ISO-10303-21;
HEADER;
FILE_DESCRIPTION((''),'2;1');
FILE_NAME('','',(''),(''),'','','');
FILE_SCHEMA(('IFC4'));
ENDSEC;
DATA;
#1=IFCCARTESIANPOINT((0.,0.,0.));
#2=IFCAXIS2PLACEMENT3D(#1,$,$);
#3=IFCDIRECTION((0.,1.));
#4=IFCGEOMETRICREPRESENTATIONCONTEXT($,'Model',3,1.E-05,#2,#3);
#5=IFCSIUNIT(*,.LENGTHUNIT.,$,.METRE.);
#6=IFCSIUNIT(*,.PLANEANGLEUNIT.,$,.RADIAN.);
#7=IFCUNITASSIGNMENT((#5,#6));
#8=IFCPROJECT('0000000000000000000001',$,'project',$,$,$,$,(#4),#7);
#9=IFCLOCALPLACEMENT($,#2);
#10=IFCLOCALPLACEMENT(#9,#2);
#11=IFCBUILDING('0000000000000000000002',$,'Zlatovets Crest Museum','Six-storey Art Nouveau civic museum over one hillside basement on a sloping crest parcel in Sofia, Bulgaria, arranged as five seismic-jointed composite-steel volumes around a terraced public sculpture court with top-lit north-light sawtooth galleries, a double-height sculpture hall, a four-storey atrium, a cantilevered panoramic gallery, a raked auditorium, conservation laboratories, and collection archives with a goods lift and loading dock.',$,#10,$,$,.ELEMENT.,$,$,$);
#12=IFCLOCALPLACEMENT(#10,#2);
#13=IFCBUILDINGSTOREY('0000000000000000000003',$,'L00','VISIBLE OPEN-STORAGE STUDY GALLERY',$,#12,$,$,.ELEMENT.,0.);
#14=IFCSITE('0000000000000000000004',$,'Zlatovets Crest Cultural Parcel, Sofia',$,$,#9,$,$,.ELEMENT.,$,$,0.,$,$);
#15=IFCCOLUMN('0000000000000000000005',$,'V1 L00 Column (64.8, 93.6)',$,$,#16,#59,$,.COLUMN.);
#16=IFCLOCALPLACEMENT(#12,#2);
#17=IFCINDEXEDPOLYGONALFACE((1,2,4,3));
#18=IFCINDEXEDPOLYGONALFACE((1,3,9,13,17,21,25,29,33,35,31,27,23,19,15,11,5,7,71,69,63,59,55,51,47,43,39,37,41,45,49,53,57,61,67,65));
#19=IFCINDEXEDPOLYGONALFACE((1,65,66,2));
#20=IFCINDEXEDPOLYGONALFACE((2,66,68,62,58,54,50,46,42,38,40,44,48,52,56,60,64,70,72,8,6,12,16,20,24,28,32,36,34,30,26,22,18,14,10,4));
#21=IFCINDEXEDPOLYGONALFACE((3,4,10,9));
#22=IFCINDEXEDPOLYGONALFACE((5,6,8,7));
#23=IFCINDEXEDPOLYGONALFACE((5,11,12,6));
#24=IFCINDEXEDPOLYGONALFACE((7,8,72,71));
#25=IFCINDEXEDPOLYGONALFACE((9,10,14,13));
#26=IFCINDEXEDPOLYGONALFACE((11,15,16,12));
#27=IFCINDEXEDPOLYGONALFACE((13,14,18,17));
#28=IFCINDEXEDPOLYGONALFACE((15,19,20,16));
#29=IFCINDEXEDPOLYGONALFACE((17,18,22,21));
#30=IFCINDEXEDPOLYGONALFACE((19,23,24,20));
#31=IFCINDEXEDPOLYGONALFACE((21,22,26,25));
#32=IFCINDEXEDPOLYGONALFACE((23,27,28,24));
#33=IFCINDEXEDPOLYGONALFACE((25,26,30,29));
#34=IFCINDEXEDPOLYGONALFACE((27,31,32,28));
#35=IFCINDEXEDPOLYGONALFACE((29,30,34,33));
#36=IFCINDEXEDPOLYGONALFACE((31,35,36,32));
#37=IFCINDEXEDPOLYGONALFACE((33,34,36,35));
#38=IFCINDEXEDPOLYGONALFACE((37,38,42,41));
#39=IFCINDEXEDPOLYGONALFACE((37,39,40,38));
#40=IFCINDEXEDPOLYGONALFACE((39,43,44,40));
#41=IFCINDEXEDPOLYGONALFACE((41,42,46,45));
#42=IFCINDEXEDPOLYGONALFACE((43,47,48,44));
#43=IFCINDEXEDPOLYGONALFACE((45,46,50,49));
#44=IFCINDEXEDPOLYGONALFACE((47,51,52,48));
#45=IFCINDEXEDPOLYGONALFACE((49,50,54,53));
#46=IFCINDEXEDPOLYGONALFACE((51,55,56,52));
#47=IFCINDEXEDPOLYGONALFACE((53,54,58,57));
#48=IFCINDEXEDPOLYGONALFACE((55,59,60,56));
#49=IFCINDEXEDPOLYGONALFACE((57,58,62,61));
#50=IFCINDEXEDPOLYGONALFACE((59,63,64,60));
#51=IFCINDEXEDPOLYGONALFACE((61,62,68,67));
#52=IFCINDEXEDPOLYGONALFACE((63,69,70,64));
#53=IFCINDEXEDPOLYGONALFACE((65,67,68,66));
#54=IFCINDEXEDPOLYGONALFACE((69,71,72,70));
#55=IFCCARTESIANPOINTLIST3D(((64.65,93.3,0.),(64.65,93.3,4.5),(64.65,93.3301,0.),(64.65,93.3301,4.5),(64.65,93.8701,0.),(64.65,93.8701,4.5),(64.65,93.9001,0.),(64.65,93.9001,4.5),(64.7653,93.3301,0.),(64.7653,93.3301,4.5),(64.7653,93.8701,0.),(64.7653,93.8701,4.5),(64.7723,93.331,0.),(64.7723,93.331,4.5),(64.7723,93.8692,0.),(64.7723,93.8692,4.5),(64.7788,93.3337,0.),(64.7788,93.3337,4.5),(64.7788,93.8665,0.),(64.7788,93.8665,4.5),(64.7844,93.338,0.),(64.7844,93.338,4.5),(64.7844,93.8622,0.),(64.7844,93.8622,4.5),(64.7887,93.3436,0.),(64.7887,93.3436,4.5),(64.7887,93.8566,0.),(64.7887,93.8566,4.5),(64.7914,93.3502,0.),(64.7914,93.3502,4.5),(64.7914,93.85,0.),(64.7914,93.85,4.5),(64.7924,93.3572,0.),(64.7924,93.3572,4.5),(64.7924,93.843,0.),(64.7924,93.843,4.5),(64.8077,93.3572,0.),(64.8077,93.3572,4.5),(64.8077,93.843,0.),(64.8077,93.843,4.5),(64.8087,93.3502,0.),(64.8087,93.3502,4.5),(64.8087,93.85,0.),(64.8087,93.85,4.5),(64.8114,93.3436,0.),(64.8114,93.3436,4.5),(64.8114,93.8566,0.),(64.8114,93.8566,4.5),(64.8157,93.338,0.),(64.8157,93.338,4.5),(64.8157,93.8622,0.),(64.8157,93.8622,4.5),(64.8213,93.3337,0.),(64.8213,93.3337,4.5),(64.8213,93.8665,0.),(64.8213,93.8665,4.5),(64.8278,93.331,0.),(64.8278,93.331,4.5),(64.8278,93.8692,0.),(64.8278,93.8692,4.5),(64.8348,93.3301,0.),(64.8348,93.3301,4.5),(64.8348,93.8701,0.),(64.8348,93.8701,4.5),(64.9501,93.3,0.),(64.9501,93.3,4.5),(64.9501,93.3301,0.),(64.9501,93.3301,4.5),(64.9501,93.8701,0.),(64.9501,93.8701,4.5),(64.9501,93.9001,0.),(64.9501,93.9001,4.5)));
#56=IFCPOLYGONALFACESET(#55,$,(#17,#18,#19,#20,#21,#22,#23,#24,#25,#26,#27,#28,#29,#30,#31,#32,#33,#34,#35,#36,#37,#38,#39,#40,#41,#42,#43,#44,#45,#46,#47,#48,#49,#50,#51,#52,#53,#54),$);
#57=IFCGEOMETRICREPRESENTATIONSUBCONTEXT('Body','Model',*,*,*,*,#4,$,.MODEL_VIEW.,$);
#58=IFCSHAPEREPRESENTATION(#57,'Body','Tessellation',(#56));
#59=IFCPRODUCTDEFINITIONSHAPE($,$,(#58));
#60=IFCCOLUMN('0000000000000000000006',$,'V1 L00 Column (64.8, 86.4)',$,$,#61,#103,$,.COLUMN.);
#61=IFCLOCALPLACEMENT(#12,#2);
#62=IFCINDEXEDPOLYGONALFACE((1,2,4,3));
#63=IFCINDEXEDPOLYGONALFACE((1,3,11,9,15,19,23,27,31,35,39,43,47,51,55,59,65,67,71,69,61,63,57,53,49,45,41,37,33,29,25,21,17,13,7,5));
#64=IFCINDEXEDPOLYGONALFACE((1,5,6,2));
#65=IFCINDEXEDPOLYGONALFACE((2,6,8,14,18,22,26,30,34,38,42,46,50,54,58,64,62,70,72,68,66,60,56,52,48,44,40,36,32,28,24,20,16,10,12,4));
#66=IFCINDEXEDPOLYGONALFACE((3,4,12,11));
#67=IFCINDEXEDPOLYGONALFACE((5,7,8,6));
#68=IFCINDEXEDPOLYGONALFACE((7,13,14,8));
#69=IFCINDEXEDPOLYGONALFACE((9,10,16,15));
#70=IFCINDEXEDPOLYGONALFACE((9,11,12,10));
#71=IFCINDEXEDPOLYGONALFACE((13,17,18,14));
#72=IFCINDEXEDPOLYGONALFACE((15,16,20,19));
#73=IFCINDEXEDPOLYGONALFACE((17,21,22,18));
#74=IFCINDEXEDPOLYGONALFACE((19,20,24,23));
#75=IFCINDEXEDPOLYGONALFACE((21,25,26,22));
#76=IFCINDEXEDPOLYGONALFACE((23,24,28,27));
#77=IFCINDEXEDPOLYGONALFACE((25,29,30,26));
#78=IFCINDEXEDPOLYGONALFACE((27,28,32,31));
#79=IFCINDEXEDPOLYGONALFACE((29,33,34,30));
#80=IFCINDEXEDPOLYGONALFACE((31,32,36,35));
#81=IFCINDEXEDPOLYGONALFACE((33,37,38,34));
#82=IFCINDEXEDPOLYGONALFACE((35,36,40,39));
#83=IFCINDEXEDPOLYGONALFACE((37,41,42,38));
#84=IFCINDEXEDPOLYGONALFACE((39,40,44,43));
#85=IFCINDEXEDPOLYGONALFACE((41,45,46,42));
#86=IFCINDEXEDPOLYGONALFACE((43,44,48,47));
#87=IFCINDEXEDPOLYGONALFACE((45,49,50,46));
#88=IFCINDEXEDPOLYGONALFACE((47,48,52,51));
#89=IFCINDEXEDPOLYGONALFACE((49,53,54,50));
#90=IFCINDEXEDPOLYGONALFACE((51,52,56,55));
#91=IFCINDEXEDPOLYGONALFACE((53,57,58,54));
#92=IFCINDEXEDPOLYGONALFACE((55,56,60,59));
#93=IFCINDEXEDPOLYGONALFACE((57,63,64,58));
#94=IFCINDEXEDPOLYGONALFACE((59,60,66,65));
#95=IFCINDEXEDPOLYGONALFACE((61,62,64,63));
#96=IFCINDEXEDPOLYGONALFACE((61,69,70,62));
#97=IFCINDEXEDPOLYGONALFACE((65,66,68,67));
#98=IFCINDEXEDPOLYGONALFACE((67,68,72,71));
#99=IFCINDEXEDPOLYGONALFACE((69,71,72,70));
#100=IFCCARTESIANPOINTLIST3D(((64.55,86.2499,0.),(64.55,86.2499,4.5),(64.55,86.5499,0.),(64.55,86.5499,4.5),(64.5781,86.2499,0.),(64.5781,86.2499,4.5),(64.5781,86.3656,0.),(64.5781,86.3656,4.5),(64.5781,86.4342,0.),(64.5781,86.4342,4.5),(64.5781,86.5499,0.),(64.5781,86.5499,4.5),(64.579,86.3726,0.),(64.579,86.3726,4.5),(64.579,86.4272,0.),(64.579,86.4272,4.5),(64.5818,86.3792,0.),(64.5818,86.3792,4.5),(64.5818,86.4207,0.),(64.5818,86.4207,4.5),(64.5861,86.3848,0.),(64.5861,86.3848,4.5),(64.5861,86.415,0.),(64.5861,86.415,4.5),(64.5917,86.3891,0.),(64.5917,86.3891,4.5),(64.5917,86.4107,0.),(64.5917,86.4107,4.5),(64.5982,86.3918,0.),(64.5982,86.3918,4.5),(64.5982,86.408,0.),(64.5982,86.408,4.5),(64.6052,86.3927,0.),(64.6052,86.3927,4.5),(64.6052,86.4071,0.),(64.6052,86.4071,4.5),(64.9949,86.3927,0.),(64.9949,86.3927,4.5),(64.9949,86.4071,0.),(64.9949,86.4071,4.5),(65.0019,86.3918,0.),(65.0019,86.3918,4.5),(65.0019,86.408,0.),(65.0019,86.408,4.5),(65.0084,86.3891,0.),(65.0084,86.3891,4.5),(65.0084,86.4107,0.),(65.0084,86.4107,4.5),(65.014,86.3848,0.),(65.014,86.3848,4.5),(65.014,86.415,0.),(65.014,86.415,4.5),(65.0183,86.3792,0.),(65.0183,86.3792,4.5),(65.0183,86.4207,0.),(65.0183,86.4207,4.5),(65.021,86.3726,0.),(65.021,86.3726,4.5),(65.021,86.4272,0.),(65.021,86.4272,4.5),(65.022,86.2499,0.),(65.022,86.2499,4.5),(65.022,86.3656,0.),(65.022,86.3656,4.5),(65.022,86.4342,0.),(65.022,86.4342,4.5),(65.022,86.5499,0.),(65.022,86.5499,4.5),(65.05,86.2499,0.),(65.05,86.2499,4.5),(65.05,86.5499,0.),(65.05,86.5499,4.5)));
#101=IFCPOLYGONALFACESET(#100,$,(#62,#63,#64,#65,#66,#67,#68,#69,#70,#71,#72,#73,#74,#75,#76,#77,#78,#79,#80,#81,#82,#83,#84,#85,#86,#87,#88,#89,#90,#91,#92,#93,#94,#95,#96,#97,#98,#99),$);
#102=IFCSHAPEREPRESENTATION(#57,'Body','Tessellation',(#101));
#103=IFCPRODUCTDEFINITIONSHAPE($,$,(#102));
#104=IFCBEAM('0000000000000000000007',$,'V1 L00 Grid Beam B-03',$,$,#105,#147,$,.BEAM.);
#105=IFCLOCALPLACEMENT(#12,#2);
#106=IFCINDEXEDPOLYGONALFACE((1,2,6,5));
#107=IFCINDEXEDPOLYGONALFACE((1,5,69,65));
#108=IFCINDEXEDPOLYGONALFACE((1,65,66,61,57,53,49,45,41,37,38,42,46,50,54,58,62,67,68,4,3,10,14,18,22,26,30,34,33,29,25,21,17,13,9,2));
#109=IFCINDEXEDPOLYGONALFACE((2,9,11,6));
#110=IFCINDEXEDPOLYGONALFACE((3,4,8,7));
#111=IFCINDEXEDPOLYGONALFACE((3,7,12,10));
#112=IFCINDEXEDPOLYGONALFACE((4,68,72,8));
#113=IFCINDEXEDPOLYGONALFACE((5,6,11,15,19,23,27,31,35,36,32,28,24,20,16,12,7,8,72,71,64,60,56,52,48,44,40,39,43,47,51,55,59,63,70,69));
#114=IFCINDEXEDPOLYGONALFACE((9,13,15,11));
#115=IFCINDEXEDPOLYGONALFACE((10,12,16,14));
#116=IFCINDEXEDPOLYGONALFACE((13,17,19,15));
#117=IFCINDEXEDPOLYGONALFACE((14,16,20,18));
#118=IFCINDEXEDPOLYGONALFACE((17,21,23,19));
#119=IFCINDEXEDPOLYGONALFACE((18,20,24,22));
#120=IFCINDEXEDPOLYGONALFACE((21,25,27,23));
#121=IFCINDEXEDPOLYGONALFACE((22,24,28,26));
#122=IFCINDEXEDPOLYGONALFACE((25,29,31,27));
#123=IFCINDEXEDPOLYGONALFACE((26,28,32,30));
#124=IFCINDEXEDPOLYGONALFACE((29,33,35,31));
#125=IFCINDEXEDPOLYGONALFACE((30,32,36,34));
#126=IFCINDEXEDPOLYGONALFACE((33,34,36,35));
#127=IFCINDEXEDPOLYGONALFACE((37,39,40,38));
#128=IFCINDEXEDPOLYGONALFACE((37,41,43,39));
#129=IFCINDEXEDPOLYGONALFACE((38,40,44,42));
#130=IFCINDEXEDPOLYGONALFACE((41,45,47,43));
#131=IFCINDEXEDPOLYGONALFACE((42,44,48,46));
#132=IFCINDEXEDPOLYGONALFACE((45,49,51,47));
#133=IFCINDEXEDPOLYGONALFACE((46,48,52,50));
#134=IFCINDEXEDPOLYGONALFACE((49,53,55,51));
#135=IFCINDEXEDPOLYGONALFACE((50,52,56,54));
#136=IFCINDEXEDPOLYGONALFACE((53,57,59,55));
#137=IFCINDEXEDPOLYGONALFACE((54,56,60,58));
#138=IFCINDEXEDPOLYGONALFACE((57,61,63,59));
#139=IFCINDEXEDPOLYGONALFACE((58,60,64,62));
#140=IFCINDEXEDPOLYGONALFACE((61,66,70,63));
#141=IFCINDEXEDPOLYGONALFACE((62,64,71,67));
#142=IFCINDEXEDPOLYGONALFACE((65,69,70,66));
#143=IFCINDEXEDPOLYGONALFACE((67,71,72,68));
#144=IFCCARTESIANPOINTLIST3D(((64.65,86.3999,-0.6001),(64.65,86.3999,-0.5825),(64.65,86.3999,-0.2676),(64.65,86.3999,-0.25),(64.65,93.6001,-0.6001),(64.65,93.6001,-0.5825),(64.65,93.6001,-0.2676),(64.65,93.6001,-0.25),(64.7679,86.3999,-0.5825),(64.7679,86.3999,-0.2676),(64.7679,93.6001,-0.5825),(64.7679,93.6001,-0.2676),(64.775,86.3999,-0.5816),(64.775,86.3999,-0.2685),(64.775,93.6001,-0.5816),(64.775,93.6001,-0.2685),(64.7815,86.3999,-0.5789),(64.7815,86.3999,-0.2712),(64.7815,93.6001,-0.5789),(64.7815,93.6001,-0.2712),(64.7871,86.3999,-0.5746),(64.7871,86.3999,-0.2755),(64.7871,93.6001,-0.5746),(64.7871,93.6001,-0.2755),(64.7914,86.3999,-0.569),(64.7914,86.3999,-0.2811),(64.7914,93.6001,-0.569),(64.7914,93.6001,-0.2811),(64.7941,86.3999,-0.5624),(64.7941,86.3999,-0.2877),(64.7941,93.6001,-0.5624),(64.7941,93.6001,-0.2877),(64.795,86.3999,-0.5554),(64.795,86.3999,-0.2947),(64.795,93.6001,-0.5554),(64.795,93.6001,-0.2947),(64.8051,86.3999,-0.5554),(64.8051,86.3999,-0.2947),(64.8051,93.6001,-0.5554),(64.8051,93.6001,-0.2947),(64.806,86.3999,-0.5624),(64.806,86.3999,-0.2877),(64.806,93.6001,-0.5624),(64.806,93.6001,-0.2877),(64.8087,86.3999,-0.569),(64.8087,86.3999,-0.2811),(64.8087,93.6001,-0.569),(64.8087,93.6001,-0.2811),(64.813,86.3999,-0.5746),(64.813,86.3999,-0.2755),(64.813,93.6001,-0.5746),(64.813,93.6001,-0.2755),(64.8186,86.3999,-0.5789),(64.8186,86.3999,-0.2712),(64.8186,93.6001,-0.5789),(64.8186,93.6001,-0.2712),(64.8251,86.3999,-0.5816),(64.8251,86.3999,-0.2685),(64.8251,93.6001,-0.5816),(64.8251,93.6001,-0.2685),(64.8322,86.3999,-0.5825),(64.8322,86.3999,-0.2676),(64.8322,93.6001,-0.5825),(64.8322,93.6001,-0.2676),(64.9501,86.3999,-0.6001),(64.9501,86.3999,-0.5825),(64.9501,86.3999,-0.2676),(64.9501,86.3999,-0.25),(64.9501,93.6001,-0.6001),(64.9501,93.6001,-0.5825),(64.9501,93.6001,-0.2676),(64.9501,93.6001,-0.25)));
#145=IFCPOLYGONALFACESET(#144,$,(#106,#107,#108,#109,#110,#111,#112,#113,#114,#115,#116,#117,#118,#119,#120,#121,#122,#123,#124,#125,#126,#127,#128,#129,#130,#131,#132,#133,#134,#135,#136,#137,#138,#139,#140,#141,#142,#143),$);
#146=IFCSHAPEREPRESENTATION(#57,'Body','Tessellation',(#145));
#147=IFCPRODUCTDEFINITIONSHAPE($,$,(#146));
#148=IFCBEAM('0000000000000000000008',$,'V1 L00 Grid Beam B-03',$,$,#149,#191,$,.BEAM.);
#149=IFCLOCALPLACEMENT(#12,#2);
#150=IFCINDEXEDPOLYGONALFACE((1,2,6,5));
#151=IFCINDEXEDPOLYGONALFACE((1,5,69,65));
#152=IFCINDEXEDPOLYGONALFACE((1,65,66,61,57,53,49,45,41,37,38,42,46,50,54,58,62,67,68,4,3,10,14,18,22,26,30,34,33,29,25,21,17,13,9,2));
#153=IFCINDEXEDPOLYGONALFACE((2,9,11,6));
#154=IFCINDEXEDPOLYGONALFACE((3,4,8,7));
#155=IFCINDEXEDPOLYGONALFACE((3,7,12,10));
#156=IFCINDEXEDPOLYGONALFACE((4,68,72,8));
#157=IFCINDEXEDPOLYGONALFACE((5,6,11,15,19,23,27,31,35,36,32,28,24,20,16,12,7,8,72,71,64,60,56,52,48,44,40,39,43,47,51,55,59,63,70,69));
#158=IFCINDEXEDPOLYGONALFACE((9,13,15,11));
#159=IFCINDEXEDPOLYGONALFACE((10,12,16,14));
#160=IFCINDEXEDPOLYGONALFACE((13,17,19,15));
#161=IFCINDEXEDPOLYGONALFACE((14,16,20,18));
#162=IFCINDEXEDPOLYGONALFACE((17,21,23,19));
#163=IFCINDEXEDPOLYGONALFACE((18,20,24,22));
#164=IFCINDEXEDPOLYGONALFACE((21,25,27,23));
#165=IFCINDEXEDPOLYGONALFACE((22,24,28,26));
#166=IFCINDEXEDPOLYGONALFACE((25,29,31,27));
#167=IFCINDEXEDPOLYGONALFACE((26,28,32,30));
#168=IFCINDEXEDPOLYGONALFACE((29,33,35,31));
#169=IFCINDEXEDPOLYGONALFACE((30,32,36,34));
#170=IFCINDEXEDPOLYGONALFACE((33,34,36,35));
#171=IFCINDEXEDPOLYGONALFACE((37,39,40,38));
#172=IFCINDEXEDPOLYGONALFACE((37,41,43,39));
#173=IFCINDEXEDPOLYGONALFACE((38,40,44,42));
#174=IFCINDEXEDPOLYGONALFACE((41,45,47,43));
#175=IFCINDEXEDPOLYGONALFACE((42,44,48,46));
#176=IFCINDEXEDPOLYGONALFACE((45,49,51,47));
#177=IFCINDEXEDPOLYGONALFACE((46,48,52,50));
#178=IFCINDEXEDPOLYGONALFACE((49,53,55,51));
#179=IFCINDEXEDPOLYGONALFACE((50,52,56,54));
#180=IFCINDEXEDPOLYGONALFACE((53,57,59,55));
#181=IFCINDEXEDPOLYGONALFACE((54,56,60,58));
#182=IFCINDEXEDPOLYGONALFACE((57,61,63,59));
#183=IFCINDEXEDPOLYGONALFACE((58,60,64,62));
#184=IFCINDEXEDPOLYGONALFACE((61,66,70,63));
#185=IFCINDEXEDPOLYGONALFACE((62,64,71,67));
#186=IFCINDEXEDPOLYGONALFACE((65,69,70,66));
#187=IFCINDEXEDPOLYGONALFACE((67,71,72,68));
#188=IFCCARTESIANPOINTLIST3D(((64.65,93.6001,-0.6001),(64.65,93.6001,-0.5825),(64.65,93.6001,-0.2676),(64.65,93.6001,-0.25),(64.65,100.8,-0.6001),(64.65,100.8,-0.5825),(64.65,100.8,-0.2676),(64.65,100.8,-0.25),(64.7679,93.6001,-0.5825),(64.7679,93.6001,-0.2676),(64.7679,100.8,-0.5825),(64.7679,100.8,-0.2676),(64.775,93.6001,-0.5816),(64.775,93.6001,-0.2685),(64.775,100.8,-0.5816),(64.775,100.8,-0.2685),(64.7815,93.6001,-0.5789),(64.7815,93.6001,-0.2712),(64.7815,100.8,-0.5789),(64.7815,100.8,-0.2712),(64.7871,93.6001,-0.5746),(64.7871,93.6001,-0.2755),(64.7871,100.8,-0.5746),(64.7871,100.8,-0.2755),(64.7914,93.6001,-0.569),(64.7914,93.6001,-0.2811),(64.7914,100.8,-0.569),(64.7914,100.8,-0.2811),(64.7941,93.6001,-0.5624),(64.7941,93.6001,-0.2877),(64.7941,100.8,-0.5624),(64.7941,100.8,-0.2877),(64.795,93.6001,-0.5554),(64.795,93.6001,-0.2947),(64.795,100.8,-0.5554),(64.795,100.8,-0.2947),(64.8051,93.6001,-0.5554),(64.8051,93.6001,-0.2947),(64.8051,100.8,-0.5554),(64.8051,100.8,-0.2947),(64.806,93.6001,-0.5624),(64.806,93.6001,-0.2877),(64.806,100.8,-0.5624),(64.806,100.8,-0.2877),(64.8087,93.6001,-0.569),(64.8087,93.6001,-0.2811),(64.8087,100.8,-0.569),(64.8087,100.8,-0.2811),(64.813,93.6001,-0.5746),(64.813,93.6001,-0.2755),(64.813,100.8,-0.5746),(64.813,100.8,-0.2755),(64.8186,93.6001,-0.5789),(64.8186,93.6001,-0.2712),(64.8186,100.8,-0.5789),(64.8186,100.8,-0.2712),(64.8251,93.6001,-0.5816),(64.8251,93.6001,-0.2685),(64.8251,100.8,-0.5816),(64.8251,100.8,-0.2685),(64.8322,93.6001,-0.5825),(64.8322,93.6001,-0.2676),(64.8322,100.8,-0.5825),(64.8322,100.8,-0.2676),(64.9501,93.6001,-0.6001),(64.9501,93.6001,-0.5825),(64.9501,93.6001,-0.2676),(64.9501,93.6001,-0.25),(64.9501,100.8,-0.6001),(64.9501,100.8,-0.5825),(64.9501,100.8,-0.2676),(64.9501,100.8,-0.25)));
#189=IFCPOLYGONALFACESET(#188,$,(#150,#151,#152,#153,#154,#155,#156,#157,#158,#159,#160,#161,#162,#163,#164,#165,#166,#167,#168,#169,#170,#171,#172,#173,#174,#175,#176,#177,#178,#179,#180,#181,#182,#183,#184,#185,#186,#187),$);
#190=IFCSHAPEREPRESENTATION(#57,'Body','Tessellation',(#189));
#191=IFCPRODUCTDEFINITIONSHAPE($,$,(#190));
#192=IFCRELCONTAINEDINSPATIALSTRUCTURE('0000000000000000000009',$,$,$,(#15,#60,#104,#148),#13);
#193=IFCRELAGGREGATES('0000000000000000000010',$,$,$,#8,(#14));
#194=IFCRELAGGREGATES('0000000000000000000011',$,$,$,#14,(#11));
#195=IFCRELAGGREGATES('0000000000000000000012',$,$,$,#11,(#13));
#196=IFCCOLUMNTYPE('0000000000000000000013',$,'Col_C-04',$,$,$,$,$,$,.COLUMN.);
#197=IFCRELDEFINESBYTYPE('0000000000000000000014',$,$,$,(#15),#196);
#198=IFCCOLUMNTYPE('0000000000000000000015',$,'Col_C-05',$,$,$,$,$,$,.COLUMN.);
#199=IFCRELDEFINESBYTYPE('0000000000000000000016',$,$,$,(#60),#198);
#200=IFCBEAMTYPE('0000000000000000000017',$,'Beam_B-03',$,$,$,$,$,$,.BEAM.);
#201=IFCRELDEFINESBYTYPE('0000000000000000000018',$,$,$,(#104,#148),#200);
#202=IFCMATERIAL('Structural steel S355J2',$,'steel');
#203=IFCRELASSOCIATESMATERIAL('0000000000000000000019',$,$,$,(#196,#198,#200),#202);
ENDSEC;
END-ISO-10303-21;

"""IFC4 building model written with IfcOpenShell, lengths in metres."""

from ifc_helpers import new_model, si_unit, direction, frame, origin, origin_2d, place, context, subcontext, project, spatial, i_section, extrude, material, material_profile, profile_set, type_object, element, save


model = new_model("IFC4")

# Units and contexts
model_context = context("Model", 3, precision=1e-05, world=origin(), true_north=direction((0.0, 1.0)))
body_context = subcontext(model_context, "Body", "Model", "MODEL_VIEW")
ifc_project = project(units=[si_unit("LENGTHUNIT", "METRE"), si_unit("PLANEANGLEUNIT", "RADIAN")], contexts=[model_context])

# Site, building, storey
site_placement = place(None, origin())
site = spatial("IfcSite", under=ifc_project, at=site_placement, Name="Zlatovets Crest Cultural Parcel, Sofia", CompositionType="ELEMENT", RefElevation=0.0)
building_placement = place(site_placement, origin())
building = spatial("IfcBuilding", under=site, at=building_placement, Name="Zlatovets Crest Museum", Description="Six-storey Art Nouveau civic museum over one hillside basement on a sloping crest parcel in Sofia, Bulgaria, arranged as five seismic-jointed composite-steel volumes around a terraced public sculpture court with top-lit north-light sawtooth galleries, a double-height sculpture hall, a four-storey atrium, a cantilevered panoramic gallery, a raked auditorium, conservation laboratories, and collection archives with a goods lift and loading dock.", CompositionType="ELEMENT")
storey_placement = place(building_placement, origin())
storey = spatial("IfcBuildingStorey", under=building, at=storey_placement, Name="L00", Description="VISIBLE OPEN-STORAGE STUDY GALLERY", CompositionType="ELEMENT", Elevation=0.0)

# Columns
ifc_material_1 = material(Name="Structural steel S355J2", Category="steel")
ifc_material_profile_1 = material_profile(ifc_material_1, i_section(OverallWidth=0.3, OverallDepth=0.6001, WebThickness=0.0154, FlangeThickness=0.03, FilletRadius=0.0271, at=origin_2d()), Name="HEB 600")
ifc_profile_set_1 = profile_set([ifc_material_profile_1], Name="Structural steel S355J2")
column_type_1 = type_object("IfcColumnType", Name="Col_C-04", PredefinedType="COLUMN", material=ifc_profile_set_1)
column_1_placement = place(storey_placement, frame((64.8, 93.6001, 0.0), z_axis=(0.0, 0.0, 1.0), x_axis=(1.0, 0.0, 0.0)))
element("IfcColumn", 1, at=column_1_placement, inside=storey, type_object=column_type_1, Name="V1 L00 Column (64.8, 93.6)", PredefinedType="COLUMN", context=body_context, shape_type="SweptSolid", body=[
    extrude(i_section(OverallWidth=0.3, OverallDepth=0.6001, WebThickness=0.0154, FlangeThickness=0.03, FilletRadius=0.0271, at=origin_2d()), origin(), (0.0, 0.0, 1.0), 4.5),
])
ifc_material_profile_2 = material_profile(ifc_material_1, i_section(OverallWidth=0.3, OverallDepth=0.5, WebThickness=0.0144, FlangeThickness=0.0281, FilletRadius=0.0271, at=origin_2d()), Name="HEB 500")
ifc_profile_set_2 = profile_set([ifc_material_profile_2], Name="Structural steel S355J2")
column_type_2 = type_object("IfcColumnType", Name="Col_C-05", PredefinedType="COLUMN", material=ifc_profile_set_2)
column_2_placement = place(storey_placement, frame((64.8, 86.3999, 0.0), z_axis=(0.0, 0.0, 1.0), x_axis=(0.0, 1.0, 0.0)))
element("IfcColumn", 2, at=column_2_placement, inside=storey, type_object=column_type_2, Name="V1 L00 Column (64.8, 86.4)", PredefinedType="COLUMN", context=body_context, shape_type="SweptSolid", body=[
    extrude(i_section(OverallWidth=0.3, OverallDepth=0.5, WebThickness=0.0144, FlangeThickness=0.0281, FilletRadius=0.0271, at=origin_2d()), origin(), (0.0, 0.0, 1.0), 4.5),
])

# Beams
ifc_material_profile_3 = material_profile(ifc_material_1, i_section(OverallWidth=0.3, OverallDepth=0.3501, WebThickness=0.01, FlangeThickness=0.0176, FilletRadius=0.0271, at=origin_2d()), Name="HEA 360")
ifc_profile_set_3 = profile_set([ifc_material_profile_3], Name="Structural steel S355J2")
beam_type_1 = type_object("IfcBeamType", Name="Beam_B-03", PredefinedType="BEAM", material=ifc_profile_set_3)
beam_1_placement = place(storey_placement, frame((64.8, 86.3999, -0.425), z_axis=(0.0, 1.0, 0.0), x_axis=(-1.0, 0.0, 0.0)))
element("IfcBeam", 3, at=beam_1_placement, inside=storey, type_object=beam_type_1, Name="V1 L00 Grid Beam B-03", PredefinedType="BEAM", context=body_context, shape_type="SweptSolid", body=[
    extrude(i_section(OverallWidth=0.3, OverallDepth=0.3501, WebThickness=0.01, FlangeThickness=0.0176, FilletRadius=0.0271, at=origin_2d()), origin(), (0.0, 0.0, 1.0), 7.2002),
])
beam_2_placement = place(storey_placement, frame((64.8, 93.6001, -0.425), z_axis=(0.0, 1.0, 0.0), x_axis=(-1.0, 0.0, 0.0)))
element("IfcBeam", 4, at=beam_2_placement, inside=storey, type_object=beam_type_1, Name="V1 L00 Grid Beam B-03", PredefinedType="BEAM", context=body_context, shape_type="SweptSolid", body=[
    extrude(i_section(OverallWidth=0.3, OverallDepth=0.3501, WebThickness=0.01, FlangeThickness=0.0176, FilletRadius=0.0271, at=origin_2d()), origin(), (0.0, 0.0, 1.0), 7.2),
])

save(model, "model.ifc")
